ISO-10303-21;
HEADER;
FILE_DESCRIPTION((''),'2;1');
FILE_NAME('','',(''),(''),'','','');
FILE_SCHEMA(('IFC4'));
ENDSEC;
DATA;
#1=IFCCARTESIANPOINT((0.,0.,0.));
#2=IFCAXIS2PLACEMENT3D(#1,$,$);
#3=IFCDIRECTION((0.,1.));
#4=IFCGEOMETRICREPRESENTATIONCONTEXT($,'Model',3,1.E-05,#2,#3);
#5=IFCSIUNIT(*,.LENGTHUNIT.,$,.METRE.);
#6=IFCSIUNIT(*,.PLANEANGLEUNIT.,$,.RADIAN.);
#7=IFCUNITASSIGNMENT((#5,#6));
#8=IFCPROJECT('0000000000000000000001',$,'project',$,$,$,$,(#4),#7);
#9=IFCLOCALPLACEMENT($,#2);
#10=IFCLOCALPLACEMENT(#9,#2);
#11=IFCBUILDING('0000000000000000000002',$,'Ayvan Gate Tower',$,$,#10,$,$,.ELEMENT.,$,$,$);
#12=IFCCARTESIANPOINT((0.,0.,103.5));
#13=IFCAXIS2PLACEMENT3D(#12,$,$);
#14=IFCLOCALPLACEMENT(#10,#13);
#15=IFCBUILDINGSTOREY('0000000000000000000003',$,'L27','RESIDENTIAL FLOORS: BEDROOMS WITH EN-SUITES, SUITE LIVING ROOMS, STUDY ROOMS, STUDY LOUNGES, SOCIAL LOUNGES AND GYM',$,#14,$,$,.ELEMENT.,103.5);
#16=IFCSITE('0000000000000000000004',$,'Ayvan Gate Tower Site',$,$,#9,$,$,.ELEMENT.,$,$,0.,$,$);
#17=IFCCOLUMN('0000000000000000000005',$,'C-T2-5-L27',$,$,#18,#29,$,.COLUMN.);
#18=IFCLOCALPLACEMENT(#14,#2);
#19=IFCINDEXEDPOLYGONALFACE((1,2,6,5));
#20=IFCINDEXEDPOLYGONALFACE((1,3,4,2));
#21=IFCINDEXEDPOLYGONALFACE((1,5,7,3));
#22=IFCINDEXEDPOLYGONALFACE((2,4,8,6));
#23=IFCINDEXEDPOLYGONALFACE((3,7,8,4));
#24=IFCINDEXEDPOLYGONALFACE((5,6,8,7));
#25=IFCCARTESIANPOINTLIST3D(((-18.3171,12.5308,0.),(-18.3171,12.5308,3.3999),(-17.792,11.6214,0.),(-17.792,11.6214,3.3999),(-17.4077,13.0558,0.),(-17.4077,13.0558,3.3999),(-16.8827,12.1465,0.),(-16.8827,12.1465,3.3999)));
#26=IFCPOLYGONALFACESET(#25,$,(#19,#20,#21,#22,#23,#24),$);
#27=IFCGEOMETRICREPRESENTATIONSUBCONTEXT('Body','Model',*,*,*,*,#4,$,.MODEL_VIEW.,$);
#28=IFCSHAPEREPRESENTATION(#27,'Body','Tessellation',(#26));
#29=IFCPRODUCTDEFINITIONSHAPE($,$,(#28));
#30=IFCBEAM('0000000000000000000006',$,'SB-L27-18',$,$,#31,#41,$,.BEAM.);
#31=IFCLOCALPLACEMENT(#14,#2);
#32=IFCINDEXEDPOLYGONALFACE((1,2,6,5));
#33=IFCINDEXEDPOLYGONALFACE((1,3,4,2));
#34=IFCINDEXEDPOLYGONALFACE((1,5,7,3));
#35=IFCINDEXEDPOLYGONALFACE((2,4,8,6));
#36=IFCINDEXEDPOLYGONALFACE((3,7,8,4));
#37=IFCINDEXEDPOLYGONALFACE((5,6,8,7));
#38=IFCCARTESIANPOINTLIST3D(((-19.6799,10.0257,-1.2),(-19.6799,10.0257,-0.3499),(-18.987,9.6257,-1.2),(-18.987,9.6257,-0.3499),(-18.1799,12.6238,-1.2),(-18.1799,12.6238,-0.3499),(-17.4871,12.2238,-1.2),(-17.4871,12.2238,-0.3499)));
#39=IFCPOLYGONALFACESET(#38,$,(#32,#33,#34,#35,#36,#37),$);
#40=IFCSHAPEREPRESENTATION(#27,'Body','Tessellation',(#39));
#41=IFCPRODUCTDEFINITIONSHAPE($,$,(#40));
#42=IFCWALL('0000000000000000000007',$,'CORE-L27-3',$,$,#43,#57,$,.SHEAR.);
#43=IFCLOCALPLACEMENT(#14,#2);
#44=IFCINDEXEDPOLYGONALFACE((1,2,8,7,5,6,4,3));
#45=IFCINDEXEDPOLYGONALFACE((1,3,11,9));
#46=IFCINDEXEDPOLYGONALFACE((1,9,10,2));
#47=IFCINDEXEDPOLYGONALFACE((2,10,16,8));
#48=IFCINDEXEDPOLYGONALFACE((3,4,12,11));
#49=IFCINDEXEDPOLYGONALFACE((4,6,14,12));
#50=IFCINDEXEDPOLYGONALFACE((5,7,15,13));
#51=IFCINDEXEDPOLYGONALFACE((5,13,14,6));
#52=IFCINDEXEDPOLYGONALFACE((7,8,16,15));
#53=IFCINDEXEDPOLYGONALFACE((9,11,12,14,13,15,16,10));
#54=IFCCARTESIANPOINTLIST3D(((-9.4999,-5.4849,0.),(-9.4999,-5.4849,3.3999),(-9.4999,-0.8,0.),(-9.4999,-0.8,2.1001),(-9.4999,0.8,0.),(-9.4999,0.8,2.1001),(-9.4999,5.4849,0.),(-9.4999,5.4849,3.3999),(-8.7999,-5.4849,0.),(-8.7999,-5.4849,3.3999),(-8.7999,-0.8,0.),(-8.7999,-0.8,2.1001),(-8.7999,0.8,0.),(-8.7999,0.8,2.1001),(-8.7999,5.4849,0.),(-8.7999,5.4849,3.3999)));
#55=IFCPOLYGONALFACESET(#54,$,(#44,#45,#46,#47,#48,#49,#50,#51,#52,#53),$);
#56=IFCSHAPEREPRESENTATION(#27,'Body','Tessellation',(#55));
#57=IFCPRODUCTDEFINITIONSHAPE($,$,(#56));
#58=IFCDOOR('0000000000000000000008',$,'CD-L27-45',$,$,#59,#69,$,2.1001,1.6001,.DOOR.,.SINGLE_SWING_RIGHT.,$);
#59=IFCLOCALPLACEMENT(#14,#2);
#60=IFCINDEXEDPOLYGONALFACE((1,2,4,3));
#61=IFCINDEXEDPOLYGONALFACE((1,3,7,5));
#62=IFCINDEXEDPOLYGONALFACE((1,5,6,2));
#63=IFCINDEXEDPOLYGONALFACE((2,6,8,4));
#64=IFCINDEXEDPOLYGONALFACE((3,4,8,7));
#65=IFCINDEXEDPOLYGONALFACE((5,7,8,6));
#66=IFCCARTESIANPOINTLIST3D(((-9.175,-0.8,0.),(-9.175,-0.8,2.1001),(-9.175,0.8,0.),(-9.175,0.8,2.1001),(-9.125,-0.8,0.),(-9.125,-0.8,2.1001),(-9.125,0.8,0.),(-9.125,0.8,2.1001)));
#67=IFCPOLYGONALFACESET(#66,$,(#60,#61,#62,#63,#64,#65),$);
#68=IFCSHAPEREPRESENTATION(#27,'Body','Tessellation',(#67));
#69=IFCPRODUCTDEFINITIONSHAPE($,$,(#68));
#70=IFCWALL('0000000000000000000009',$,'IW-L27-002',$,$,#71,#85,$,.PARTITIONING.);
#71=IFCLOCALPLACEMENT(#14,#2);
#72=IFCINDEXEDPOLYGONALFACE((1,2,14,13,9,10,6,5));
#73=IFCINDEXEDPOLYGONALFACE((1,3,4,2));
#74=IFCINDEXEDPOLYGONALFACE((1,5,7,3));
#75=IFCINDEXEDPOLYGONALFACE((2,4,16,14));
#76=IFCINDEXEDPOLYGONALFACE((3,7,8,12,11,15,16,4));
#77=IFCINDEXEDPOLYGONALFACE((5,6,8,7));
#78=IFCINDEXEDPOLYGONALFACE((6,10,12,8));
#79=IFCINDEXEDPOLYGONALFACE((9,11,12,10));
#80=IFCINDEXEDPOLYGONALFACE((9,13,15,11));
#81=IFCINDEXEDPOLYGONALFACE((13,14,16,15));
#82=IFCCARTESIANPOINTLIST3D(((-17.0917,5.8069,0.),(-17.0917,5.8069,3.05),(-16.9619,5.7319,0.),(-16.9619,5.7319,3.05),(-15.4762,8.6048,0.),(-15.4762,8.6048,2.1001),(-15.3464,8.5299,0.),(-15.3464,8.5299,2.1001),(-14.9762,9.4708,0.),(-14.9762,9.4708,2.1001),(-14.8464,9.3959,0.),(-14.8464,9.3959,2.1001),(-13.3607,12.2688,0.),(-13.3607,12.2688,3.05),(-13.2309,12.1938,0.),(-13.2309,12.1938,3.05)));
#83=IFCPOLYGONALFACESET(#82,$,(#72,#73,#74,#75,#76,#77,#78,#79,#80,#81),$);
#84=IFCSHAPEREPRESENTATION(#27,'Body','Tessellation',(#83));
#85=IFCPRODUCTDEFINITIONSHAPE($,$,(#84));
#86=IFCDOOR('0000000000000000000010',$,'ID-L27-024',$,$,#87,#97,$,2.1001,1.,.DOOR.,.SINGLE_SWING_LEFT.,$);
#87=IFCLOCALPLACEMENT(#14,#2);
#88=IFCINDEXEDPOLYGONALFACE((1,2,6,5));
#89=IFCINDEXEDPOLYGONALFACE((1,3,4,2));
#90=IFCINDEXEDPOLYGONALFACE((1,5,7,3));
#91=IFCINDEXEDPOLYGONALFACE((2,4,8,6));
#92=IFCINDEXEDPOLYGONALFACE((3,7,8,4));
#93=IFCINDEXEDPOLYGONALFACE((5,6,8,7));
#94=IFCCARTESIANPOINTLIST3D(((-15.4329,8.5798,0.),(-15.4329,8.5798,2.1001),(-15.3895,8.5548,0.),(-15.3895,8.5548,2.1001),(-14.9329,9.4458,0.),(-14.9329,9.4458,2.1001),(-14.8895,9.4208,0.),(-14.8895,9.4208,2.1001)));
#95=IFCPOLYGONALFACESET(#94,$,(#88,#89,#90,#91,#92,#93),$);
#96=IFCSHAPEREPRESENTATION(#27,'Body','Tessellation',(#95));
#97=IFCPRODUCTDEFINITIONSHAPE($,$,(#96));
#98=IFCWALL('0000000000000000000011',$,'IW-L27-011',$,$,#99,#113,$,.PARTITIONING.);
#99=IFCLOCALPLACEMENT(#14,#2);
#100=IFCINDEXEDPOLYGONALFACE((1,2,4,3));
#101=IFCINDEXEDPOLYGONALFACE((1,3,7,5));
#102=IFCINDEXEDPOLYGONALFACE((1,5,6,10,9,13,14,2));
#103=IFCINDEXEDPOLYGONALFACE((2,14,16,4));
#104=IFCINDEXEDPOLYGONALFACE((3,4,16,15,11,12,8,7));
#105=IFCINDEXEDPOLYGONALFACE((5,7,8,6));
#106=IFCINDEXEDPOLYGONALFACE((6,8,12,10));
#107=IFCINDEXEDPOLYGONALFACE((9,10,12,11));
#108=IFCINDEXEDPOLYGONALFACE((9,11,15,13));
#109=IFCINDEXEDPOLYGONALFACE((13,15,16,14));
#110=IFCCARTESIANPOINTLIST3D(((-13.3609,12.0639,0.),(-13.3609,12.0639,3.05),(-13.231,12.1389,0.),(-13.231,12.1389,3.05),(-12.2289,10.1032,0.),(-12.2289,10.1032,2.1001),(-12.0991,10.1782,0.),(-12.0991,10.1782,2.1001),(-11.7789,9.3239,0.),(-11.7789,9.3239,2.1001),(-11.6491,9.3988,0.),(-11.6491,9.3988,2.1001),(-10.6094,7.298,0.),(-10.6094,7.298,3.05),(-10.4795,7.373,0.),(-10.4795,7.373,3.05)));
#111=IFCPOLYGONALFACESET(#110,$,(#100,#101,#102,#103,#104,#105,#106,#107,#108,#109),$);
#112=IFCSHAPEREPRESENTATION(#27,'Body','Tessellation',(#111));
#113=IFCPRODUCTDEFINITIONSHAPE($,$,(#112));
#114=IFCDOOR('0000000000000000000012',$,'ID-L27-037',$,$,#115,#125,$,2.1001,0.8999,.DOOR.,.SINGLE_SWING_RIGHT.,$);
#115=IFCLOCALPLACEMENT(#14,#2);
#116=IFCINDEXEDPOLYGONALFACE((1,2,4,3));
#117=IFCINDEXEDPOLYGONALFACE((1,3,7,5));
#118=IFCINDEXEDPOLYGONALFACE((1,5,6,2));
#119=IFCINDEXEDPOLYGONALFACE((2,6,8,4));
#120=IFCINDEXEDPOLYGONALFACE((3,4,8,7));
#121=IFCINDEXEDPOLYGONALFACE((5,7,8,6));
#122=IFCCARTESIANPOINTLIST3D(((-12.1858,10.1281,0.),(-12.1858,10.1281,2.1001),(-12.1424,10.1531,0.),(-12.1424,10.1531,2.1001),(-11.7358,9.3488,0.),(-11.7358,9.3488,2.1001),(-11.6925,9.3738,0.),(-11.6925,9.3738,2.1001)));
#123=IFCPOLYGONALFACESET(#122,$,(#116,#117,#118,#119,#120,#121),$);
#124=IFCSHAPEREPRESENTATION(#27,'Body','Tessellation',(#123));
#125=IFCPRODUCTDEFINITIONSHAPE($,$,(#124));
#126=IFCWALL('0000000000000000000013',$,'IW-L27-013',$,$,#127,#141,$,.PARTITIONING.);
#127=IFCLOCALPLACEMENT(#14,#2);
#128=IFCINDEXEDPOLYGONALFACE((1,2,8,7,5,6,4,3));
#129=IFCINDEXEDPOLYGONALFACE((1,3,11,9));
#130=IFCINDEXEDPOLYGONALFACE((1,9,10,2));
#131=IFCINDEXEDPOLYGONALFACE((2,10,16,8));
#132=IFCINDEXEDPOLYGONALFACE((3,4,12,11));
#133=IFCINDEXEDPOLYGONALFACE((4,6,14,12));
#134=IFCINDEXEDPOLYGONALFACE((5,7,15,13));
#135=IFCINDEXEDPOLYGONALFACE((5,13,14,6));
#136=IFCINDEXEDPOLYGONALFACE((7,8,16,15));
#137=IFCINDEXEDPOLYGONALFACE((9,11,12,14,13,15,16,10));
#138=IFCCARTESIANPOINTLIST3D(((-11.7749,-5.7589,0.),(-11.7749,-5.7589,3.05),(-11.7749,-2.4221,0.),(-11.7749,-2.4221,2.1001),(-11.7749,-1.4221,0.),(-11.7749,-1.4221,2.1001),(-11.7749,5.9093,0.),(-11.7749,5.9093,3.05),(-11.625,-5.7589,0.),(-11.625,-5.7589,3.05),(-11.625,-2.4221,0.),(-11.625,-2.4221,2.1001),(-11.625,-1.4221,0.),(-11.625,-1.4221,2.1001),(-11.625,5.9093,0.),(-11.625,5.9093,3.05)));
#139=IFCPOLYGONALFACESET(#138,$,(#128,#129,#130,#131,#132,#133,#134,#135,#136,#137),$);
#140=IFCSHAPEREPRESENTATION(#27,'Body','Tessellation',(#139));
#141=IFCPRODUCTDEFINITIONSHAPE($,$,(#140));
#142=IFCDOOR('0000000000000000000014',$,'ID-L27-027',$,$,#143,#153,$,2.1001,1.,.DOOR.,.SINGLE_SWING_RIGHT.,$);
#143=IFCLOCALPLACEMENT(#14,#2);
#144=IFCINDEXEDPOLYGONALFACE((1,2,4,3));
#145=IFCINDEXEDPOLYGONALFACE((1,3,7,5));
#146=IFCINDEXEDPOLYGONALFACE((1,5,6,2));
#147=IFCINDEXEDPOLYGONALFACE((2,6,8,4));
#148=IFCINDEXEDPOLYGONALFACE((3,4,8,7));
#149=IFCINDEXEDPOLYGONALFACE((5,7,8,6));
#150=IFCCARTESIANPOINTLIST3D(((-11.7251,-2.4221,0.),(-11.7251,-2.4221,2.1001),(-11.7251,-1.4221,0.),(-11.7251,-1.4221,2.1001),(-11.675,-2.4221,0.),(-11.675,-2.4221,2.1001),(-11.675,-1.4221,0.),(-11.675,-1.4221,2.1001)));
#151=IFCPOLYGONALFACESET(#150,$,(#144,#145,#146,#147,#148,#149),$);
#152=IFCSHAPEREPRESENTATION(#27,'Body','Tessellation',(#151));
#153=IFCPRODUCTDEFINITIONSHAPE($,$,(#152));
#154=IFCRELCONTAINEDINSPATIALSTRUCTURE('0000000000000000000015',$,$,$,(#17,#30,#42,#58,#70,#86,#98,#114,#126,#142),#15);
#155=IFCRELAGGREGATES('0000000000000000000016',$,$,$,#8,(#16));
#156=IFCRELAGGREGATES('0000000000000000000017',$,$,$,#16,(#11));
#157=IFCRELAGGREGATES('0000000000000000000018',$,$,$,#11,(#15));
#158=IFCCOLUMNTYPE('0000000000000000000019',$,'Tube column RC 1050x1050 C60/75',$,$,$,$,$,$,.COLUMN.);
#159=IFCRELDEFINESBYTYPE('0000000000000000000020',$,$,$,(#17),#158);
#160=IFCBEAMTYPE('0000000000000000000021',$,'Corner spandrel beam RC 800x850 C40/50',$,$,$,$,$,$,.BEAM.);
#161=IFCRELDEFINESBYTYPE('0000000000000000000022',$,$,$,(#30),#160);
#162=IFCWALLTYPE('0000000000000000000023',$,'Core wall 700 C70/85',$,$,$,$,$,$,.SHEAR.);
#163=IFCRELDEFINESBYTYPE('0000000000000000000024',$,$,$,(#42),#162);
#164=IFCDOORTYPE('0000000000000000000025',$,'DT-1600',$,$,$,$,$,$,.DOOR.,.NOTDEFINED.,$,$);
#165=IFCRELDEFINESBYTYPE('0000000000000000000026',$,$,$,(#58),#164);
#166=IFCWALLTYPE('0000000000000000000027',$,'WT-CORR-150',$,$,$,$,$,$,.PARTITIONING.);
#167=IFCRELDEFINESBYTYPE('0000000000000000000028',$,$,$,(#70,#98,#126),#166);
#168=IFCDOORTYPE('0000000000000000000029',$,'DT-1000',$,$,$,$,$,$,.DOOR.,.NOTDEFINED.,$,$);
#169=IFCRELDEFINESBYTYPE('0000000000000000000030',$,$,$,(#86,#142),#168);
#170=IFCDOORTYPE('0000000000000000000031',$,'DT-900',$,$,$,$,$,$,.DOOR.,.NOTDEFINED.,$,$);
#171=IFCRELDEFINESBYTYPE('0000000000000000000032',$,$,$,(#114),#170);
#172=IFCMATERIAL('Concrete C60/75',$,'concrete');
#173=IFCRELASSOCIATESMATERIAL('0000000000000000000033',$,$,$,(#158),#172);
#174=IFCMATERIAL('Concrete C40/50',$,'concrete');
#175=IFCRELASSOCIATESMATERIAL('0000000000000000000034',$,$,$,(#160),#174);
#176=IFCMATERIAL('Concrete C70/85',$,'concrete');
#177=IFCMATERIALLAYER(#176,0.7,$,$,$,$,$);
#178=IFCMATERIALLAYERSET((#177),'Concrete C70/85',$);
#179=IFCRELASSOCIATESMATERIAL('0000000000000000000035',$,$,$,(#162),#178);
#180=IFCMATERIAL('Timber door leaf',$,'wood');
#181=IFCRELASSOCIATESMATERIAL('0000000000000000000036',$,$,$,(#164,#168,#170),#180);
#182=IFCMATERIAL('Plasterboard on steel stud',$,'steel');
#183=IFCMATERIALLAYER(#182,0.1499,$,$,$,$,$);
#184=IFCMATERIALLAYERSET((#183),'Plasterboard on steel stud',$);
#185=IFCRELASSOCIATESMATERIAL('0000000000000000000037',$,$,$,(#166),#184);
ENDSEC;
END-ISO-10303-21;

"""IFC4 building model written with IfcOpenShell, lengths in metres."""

from ifc_helpers import new_model, si_unit, direction, frame, frame_2d, origin, origin_2d, place, context, subcontext, project, spatial, rectangle, extrude, material, layer, layer_set, material_profile, profile_set, type_object, element, fill, save


model = new_model("IFC4")

# Units and contexts
model_context = context("Model", 3, precision=1e-05, world=origin(), true_north=direction((0.0, 1.0)))
body_context = subcontext(model_context, "Body", "Model", "MODEL_VIEW")
ifc_project = project(units=[si_unit("LENGTHUNIT", "METRE"), si_unit("PLANEANGLEUNIT", "RADIAN")], contexts=[model_context])

# Site, building, storey
site_placement = place(None, origin())
site = spatial("IfcSite", under=ifc_project, at=site_placement, Name="Ayvan Gate Tower Site", CompositionType="ELEMENT", RefElevation=0.0)
building_placement = place(site_placement, origin())
building = spatial("IfcBuilding", under=site, at=building_placement, Name="Ayvan Gate Tower", CompositionType="ELEMENT")
storey_placement = place(building_placement, frame((0.0, 0.0, 103.5)))
storey = spatial("IfcBuildingStorey", under=building, at=storey_placement, Name="L27", Description="RESIDENTIAL FLOORS: BEDROOMS WITH EN-SUITES, SUITE LIVING ROOMS, STUDY ROOMS, STUDY LOUNGES, SOCIAL LOUNGES AND GYM", CompositionType="ELEMENT", Elevation=103.5)

# Column
ifc_material_1 = material(Name="Concrete C60/75", Category="concrete")
ifc_material_profile_1 = material_profile(ifc_material_1, rectangle(XDim=1.05, YDim=1.05, at=origin_2d()), Name="RC 1050x1050")
ifc_profile_set_1 = profile_set([ifc_material_profile_1], Name="Concrete C60/75")
column_type = type_object("IfcColumnType", Name="Tube column RC 1050x1050 C60/75", PredefinedType="COLUMN", material=ifc_profile_set_1)
column_placement = place(storey_placement, frame((-17.5999, 12.3386, 0.0), z_axis=(0.0, 0.0, 1.0), x_axis=(-0.5, 0.866025, 0.0)))
element("IfcColumn", 1, at=column_placement, inside=storey, type_object=column_type, Name="C-T2-5-L27", PredefinedType="COLUMN", context=body_context, shape_type="SweptSolid", body=[
    extrude(rectangle(XDim=1.05, YDim=1.05, at=origin_2d()), origin(), (0.0, 0.0, 1.0), 3.3999),
])

# Beam
ifc_material_2 = material(Name="Concrete C40/50", Category="concrete")
ifc_material_profile_2 = material_profile(ifc_material_2, rectangle(XDim=0.8, YDim=0.8501, at=origin_2d()), Name="RC 800x850")
ifc_profile_set_2 = profile_set([ifc_material_profile_2], Name="Concrete C40/50")
beam_type = type_object("IfcBeamType", Name="Corner spandrel beam RC 800x850 C40/50", PredefinedType="BEAM", material=ifc_profile_set_2)
beam_placement = place(storey_placement, frame((-17.8335, 12.4238, -0.7749), z_axis=(-0.49999, -0.866031, 0.0), x_axis=(0.866031, -0.49999, 0.0)))
element("IfcBeam", 2, at=beam_placement, inside=storey, type_object=beam_type, Name="SB-L27-18", PredefinedType="BEAM", context=body_context, shape_type="SweptSolid", body=[
    extrude(rectangle(XDim=0.8, YDim=0.8501, at=origin_2d()), origin(), (0.0, 0.0, 1.0), 3.0),
])

# Walls, openings, doors
ifc_material_3 = material(Name="Concrete C70/85", Category="concrete")
ifc_layer_1 = layer(ifc_material_3, 0.7)
ifc_layer_set_1 = layer_set([ifc_layer_1], Name="Concrete C70/85")
wall_type_1 = type_object("IfcWallType", Name="Core wall 700 C70/85", PredefinedType="SHEAR", material=ifc_layer_set_1)
wall_1_placement = place(storey_placement, frame((-9.1499, 5.4849, 0.0), z_axis=(0.0, 0.0, 1.0), x_axis=(0.0, -1.0, 0.0)))
wall_1 = element("IfcWall", 3, at=wall_1_placement, inside=storey, type_object=wall_type_1, Name="CORE-L27-3", PredefinedType="SHEAR", context=body_context, shape_type="SweptSolid", body=[
    extrude(rectangle(XDim=10.9697, YDim=0.7, at=frame_2d((5.4849, 0.0))), origin(), (0.0, 0.0, 1.0), 3.3999),
])
opening_1_placement = place(wall_1_placement, frame((4.6848, 0.0, 0.0)))
opening_1 = element("IfcOpeningElement", 4, at=opening_1_placement, cuts=wall_1, PredefinedType="OPENING", context=body_context, shape_type="SweptSolid", body=[
    extrude(rectangle(XDim=1.6001, YDim=2.1001, at=frame_2d((0.8, 1.05))), frame((0.0, 0.3599, 0.0), z_axis=(0.0, -1.0, 0.0), x_axis=(1.0, 0.0, 0.0)), (0.0, 0.0, 1.0), 0.72),
])
ifc_material_4 = material(Name="Timber door leaf", Category="wood")
door_type_1 = type_object("IfcDoorType", Name="DT-1600", OperationType="NOTDEFINED", PredefinedType="DOOR", material=ifc_material_4)
door_1_placement = place(opening_1_placement, origin())
door_1 = element("IfcDoor", 5, at=door_1_placement, inside=storey, type_object=door_type_1, Name="CD-L27-45", OperationType="SINGLE_SWING_RIGHT", OverallHeight=2.1001, OverallWidth=1.6001, PredefinedType="DOOR", context=body_context, shape_type="SweptSolid", body=[
    extrude(rectangle(XDim=1.6001, YDim=2.1001, at=frame_2d((0.8, 1.05))), frame((0.0, 0.0249, 0.0), z_axis=(0.0, -1.0, 0.0), x_axis=(1.0, 0.0, 0.0)), (0.0, 0.0, 1.0), 0.05),
])
fill(opening_1, door_1)
ifc_material_5 = material(Name="Plasterboard on steel stud", Category="steel")
ifc_layer_2 = layer(ifc_material_5, 0.1499)
ifc_layer_set_2 = layer_set([ifc_layer_2], Name="Plasterboard on steel stud")
wall_type_2 = type_object("IfcWallType", Name="WT-CORR-150", PredefinedType="PARTITIONING", material=ifc_layer_set_2)
wall_2_placement = place(storey_placement, frame((-17.0269, 5.7693, 0.0), z_axis=(0.0, 0.0, 1.0), x_axis=(0.500017, 0.866016, 0.0)))
wall_2 = element("IfcWall", 6, at=wall_2_placement, inside=storey, type_object=wall_type_2, Name="IW-L27-002", PredefinedType="PARTITIONING", context=body_context, shape_type="SweptSolid", body=[
    extrude(rectangle(XDim=7.4617, YDim=0.1499, at=frame_2d((3.731, 0.0))), origin(), (0.0, 0.0, 1.0), 3.05),
])
opening_2_placement = place(wall_2_placement, frame((3.231, 0.0, 0.0)))
opening_2 = element("IfcOpeningElement", 7, at=opening_2_placement, cuts=wall_2, PredefinedType="OPENING", context=body_context, shape_type="SweptSolid", body=[
    extrude(rectangle(XDim=1.0, YDim=2.1001, at=frame_2d((0.5, 1.05))), frame((0.0, 0.085, 0.0), z_axis=(0.0, -1.0, 0.0), x_axis=(1.0, 0.0, 0.0)), (0.0, 0.0, 1.0), 0.1699),
])
door_type_2 = type_object("IfcDoorType", Name="DT-1000", OperationType="NOTDEFINED", PredefinedType="DOOR", material=ifc_material_4)
door_2_placement = place(opening_2_placement, origin())
door_2 = element("IfcDoor", 8, at=door_2_placement, inside=storey, type_object=door_type_2, Name="ID-L27-024", OperationType="SINGLE_SWING_LEFT", OverallHeight=2.1001, OverallWidth=1.0, PredefinedType="DOOR", context=body_context, shape_type="SweptSolid", body=[
    extrude(rectangle(XDim=1.0, YDim=2.1001, at=frame_2d((0.5, 1.05))), frame((0.0, 0.0249, 0.0), z_axis=(0.0, -1.0, 0.0), x_axis=(1.0, 0.0, 0.0)), (0.0, 0.0, 1.0), 0.05),
])
fill(opening_2, door_2)
wall_3_placement = place(storey_placement, frame((-13.2959, 12.1013, 0.0), z_axis=(0.0, 0.0, 1.0), x_axis=(0.499985, -0.866034, 0.0)))
wall_3 = element("IfcWall", 9, at=wall_3_placement, inside=storey, type_object=wall_type_2, Name="IW-L27-011", PredefinedType="PARTITIONING", context=body_context, shape_type="SweptSolid", body=[
    extrude(rectangle(XDim=5.5032, YDim=0.1499, at=frame_2d((2.7515, 0.0))), origin(), (0.0, 0.0, 1.0), 3.05),
])
opening_3_placement = place(wall_3_placement, frame((2.2639, 0.0, 0.0)))
opening_3 = element("IfcOpeningElement", 10, at=opening_3_placement, cuts=wall_3, PredefinedType="OPENING", context=body_context, shape_type="SweptSolid", body=[
    extrude(rectangle(XDim=0.8999, YDim=2.1001, at=frame_2d((0.45, 1.05))), frame((0.0, 0.085, 0.0), z_axis=(0.0, -1.0, 0.0), x_axis=(1.0, 0.0, 0.0)), (0.0, 0.0, 1.0), 0.1699),
])
door_type_3 = type_object("IfcDoorType", Name="DT-900", OperationType="NOTDEFINED", PredefinedType="DOOR", material=ifc_material_4)
door_3_placement = place(opening_3_placement, origin())
door_3 = element("IfcDoor", 11, at=door_3_placement, inside=storey, type_object=door_type_3, Name="ID-L27-037", OperationType="SINGLE_SWING_RIGHT", OverallHeight=2.1001, OverallWidth=0.8999, PredefinedType="DOOR", context=body_context, shape_type="SweptSolid", body=[
    extrude(rectangle(XDim=0.8999, YDim=2.1001, at=frame_2d((0.45, 1.05))), frame((0.0, 0.0249, 0.0), z_axis=(0.0, -1.0, 0.0), x_axis=(1.0, 0.0, 0.0)), (0.0, 0.0, 1.0), 0.05),
])
fill(opening_3, door_3)
wall_4_placement = place(storey_placement, frame((-11.7, 5.9092, 0.0), z_axis=(0.0, 0.0, 1.0), x_axis=(0.0, -1.0, 0.0)))
wall_4 = element("IfcWall", 12, at=wall_4_placement, inside=storey, type_object=wall_type_2, Name="IW-L27-013", PredefinedType="PARTITIONING", context=body_context, shape_type="SweptSolid", body=[
    extrude(rectangle(XDim=11.6682, YDim=0.1499, at=frame_2d((5.834, 0.0))), origin(), (0.0, 0.0, 1.0), 3.05),
])
opening_4_placement = place(wall_4_placement, frame((7.3313, 0.0, 0.0)))
opening_4 = element("IfcOpeningElement", 13, at=opening_4_placement, cuts=wall_4, PredefinedType="OPENING", context=body_context, shape_type="SweptSolid", body=[
    extrude(rectangle(XDim=1.0, YDim=2.1001, at=frame_2d((0.5, 1.05))), frame((0.0, 0.085, 0.0), z_axis=(0.0, -1.0, 0.0), x_axis=(1.0, 0.0, 0.0)), (0.0, 0.0, 1.0), 0.1699),
])
door_4_placement = place(opening_4_placement, origin())
door_4 = element("IfcDoor", 14, at=door_4_placement, inside=storey, type_object=door_type_2, Name="ID-L27-027", OperationType="SINGLE_SWING_RIGHT", OverallHeight=2.1001, OverallWidth=1.0, PredefinedType="DOOR", context=body_context, shape_type="SweptSolid", body=[
    extrude(rectangle(XDim=1.0, YDim=2.1001, at=frame_2d((0.5, 1.05))), frame((0.0, 0.0249, 0.0), z_axis=(0.0, -1.0, 0.0), x_axis=(1.0, 0.0, 0.0)), (0.0, 0.0, 1.0), 0.05),
])
fill(opening_4, door_4)

save(model, "model.ifc")
